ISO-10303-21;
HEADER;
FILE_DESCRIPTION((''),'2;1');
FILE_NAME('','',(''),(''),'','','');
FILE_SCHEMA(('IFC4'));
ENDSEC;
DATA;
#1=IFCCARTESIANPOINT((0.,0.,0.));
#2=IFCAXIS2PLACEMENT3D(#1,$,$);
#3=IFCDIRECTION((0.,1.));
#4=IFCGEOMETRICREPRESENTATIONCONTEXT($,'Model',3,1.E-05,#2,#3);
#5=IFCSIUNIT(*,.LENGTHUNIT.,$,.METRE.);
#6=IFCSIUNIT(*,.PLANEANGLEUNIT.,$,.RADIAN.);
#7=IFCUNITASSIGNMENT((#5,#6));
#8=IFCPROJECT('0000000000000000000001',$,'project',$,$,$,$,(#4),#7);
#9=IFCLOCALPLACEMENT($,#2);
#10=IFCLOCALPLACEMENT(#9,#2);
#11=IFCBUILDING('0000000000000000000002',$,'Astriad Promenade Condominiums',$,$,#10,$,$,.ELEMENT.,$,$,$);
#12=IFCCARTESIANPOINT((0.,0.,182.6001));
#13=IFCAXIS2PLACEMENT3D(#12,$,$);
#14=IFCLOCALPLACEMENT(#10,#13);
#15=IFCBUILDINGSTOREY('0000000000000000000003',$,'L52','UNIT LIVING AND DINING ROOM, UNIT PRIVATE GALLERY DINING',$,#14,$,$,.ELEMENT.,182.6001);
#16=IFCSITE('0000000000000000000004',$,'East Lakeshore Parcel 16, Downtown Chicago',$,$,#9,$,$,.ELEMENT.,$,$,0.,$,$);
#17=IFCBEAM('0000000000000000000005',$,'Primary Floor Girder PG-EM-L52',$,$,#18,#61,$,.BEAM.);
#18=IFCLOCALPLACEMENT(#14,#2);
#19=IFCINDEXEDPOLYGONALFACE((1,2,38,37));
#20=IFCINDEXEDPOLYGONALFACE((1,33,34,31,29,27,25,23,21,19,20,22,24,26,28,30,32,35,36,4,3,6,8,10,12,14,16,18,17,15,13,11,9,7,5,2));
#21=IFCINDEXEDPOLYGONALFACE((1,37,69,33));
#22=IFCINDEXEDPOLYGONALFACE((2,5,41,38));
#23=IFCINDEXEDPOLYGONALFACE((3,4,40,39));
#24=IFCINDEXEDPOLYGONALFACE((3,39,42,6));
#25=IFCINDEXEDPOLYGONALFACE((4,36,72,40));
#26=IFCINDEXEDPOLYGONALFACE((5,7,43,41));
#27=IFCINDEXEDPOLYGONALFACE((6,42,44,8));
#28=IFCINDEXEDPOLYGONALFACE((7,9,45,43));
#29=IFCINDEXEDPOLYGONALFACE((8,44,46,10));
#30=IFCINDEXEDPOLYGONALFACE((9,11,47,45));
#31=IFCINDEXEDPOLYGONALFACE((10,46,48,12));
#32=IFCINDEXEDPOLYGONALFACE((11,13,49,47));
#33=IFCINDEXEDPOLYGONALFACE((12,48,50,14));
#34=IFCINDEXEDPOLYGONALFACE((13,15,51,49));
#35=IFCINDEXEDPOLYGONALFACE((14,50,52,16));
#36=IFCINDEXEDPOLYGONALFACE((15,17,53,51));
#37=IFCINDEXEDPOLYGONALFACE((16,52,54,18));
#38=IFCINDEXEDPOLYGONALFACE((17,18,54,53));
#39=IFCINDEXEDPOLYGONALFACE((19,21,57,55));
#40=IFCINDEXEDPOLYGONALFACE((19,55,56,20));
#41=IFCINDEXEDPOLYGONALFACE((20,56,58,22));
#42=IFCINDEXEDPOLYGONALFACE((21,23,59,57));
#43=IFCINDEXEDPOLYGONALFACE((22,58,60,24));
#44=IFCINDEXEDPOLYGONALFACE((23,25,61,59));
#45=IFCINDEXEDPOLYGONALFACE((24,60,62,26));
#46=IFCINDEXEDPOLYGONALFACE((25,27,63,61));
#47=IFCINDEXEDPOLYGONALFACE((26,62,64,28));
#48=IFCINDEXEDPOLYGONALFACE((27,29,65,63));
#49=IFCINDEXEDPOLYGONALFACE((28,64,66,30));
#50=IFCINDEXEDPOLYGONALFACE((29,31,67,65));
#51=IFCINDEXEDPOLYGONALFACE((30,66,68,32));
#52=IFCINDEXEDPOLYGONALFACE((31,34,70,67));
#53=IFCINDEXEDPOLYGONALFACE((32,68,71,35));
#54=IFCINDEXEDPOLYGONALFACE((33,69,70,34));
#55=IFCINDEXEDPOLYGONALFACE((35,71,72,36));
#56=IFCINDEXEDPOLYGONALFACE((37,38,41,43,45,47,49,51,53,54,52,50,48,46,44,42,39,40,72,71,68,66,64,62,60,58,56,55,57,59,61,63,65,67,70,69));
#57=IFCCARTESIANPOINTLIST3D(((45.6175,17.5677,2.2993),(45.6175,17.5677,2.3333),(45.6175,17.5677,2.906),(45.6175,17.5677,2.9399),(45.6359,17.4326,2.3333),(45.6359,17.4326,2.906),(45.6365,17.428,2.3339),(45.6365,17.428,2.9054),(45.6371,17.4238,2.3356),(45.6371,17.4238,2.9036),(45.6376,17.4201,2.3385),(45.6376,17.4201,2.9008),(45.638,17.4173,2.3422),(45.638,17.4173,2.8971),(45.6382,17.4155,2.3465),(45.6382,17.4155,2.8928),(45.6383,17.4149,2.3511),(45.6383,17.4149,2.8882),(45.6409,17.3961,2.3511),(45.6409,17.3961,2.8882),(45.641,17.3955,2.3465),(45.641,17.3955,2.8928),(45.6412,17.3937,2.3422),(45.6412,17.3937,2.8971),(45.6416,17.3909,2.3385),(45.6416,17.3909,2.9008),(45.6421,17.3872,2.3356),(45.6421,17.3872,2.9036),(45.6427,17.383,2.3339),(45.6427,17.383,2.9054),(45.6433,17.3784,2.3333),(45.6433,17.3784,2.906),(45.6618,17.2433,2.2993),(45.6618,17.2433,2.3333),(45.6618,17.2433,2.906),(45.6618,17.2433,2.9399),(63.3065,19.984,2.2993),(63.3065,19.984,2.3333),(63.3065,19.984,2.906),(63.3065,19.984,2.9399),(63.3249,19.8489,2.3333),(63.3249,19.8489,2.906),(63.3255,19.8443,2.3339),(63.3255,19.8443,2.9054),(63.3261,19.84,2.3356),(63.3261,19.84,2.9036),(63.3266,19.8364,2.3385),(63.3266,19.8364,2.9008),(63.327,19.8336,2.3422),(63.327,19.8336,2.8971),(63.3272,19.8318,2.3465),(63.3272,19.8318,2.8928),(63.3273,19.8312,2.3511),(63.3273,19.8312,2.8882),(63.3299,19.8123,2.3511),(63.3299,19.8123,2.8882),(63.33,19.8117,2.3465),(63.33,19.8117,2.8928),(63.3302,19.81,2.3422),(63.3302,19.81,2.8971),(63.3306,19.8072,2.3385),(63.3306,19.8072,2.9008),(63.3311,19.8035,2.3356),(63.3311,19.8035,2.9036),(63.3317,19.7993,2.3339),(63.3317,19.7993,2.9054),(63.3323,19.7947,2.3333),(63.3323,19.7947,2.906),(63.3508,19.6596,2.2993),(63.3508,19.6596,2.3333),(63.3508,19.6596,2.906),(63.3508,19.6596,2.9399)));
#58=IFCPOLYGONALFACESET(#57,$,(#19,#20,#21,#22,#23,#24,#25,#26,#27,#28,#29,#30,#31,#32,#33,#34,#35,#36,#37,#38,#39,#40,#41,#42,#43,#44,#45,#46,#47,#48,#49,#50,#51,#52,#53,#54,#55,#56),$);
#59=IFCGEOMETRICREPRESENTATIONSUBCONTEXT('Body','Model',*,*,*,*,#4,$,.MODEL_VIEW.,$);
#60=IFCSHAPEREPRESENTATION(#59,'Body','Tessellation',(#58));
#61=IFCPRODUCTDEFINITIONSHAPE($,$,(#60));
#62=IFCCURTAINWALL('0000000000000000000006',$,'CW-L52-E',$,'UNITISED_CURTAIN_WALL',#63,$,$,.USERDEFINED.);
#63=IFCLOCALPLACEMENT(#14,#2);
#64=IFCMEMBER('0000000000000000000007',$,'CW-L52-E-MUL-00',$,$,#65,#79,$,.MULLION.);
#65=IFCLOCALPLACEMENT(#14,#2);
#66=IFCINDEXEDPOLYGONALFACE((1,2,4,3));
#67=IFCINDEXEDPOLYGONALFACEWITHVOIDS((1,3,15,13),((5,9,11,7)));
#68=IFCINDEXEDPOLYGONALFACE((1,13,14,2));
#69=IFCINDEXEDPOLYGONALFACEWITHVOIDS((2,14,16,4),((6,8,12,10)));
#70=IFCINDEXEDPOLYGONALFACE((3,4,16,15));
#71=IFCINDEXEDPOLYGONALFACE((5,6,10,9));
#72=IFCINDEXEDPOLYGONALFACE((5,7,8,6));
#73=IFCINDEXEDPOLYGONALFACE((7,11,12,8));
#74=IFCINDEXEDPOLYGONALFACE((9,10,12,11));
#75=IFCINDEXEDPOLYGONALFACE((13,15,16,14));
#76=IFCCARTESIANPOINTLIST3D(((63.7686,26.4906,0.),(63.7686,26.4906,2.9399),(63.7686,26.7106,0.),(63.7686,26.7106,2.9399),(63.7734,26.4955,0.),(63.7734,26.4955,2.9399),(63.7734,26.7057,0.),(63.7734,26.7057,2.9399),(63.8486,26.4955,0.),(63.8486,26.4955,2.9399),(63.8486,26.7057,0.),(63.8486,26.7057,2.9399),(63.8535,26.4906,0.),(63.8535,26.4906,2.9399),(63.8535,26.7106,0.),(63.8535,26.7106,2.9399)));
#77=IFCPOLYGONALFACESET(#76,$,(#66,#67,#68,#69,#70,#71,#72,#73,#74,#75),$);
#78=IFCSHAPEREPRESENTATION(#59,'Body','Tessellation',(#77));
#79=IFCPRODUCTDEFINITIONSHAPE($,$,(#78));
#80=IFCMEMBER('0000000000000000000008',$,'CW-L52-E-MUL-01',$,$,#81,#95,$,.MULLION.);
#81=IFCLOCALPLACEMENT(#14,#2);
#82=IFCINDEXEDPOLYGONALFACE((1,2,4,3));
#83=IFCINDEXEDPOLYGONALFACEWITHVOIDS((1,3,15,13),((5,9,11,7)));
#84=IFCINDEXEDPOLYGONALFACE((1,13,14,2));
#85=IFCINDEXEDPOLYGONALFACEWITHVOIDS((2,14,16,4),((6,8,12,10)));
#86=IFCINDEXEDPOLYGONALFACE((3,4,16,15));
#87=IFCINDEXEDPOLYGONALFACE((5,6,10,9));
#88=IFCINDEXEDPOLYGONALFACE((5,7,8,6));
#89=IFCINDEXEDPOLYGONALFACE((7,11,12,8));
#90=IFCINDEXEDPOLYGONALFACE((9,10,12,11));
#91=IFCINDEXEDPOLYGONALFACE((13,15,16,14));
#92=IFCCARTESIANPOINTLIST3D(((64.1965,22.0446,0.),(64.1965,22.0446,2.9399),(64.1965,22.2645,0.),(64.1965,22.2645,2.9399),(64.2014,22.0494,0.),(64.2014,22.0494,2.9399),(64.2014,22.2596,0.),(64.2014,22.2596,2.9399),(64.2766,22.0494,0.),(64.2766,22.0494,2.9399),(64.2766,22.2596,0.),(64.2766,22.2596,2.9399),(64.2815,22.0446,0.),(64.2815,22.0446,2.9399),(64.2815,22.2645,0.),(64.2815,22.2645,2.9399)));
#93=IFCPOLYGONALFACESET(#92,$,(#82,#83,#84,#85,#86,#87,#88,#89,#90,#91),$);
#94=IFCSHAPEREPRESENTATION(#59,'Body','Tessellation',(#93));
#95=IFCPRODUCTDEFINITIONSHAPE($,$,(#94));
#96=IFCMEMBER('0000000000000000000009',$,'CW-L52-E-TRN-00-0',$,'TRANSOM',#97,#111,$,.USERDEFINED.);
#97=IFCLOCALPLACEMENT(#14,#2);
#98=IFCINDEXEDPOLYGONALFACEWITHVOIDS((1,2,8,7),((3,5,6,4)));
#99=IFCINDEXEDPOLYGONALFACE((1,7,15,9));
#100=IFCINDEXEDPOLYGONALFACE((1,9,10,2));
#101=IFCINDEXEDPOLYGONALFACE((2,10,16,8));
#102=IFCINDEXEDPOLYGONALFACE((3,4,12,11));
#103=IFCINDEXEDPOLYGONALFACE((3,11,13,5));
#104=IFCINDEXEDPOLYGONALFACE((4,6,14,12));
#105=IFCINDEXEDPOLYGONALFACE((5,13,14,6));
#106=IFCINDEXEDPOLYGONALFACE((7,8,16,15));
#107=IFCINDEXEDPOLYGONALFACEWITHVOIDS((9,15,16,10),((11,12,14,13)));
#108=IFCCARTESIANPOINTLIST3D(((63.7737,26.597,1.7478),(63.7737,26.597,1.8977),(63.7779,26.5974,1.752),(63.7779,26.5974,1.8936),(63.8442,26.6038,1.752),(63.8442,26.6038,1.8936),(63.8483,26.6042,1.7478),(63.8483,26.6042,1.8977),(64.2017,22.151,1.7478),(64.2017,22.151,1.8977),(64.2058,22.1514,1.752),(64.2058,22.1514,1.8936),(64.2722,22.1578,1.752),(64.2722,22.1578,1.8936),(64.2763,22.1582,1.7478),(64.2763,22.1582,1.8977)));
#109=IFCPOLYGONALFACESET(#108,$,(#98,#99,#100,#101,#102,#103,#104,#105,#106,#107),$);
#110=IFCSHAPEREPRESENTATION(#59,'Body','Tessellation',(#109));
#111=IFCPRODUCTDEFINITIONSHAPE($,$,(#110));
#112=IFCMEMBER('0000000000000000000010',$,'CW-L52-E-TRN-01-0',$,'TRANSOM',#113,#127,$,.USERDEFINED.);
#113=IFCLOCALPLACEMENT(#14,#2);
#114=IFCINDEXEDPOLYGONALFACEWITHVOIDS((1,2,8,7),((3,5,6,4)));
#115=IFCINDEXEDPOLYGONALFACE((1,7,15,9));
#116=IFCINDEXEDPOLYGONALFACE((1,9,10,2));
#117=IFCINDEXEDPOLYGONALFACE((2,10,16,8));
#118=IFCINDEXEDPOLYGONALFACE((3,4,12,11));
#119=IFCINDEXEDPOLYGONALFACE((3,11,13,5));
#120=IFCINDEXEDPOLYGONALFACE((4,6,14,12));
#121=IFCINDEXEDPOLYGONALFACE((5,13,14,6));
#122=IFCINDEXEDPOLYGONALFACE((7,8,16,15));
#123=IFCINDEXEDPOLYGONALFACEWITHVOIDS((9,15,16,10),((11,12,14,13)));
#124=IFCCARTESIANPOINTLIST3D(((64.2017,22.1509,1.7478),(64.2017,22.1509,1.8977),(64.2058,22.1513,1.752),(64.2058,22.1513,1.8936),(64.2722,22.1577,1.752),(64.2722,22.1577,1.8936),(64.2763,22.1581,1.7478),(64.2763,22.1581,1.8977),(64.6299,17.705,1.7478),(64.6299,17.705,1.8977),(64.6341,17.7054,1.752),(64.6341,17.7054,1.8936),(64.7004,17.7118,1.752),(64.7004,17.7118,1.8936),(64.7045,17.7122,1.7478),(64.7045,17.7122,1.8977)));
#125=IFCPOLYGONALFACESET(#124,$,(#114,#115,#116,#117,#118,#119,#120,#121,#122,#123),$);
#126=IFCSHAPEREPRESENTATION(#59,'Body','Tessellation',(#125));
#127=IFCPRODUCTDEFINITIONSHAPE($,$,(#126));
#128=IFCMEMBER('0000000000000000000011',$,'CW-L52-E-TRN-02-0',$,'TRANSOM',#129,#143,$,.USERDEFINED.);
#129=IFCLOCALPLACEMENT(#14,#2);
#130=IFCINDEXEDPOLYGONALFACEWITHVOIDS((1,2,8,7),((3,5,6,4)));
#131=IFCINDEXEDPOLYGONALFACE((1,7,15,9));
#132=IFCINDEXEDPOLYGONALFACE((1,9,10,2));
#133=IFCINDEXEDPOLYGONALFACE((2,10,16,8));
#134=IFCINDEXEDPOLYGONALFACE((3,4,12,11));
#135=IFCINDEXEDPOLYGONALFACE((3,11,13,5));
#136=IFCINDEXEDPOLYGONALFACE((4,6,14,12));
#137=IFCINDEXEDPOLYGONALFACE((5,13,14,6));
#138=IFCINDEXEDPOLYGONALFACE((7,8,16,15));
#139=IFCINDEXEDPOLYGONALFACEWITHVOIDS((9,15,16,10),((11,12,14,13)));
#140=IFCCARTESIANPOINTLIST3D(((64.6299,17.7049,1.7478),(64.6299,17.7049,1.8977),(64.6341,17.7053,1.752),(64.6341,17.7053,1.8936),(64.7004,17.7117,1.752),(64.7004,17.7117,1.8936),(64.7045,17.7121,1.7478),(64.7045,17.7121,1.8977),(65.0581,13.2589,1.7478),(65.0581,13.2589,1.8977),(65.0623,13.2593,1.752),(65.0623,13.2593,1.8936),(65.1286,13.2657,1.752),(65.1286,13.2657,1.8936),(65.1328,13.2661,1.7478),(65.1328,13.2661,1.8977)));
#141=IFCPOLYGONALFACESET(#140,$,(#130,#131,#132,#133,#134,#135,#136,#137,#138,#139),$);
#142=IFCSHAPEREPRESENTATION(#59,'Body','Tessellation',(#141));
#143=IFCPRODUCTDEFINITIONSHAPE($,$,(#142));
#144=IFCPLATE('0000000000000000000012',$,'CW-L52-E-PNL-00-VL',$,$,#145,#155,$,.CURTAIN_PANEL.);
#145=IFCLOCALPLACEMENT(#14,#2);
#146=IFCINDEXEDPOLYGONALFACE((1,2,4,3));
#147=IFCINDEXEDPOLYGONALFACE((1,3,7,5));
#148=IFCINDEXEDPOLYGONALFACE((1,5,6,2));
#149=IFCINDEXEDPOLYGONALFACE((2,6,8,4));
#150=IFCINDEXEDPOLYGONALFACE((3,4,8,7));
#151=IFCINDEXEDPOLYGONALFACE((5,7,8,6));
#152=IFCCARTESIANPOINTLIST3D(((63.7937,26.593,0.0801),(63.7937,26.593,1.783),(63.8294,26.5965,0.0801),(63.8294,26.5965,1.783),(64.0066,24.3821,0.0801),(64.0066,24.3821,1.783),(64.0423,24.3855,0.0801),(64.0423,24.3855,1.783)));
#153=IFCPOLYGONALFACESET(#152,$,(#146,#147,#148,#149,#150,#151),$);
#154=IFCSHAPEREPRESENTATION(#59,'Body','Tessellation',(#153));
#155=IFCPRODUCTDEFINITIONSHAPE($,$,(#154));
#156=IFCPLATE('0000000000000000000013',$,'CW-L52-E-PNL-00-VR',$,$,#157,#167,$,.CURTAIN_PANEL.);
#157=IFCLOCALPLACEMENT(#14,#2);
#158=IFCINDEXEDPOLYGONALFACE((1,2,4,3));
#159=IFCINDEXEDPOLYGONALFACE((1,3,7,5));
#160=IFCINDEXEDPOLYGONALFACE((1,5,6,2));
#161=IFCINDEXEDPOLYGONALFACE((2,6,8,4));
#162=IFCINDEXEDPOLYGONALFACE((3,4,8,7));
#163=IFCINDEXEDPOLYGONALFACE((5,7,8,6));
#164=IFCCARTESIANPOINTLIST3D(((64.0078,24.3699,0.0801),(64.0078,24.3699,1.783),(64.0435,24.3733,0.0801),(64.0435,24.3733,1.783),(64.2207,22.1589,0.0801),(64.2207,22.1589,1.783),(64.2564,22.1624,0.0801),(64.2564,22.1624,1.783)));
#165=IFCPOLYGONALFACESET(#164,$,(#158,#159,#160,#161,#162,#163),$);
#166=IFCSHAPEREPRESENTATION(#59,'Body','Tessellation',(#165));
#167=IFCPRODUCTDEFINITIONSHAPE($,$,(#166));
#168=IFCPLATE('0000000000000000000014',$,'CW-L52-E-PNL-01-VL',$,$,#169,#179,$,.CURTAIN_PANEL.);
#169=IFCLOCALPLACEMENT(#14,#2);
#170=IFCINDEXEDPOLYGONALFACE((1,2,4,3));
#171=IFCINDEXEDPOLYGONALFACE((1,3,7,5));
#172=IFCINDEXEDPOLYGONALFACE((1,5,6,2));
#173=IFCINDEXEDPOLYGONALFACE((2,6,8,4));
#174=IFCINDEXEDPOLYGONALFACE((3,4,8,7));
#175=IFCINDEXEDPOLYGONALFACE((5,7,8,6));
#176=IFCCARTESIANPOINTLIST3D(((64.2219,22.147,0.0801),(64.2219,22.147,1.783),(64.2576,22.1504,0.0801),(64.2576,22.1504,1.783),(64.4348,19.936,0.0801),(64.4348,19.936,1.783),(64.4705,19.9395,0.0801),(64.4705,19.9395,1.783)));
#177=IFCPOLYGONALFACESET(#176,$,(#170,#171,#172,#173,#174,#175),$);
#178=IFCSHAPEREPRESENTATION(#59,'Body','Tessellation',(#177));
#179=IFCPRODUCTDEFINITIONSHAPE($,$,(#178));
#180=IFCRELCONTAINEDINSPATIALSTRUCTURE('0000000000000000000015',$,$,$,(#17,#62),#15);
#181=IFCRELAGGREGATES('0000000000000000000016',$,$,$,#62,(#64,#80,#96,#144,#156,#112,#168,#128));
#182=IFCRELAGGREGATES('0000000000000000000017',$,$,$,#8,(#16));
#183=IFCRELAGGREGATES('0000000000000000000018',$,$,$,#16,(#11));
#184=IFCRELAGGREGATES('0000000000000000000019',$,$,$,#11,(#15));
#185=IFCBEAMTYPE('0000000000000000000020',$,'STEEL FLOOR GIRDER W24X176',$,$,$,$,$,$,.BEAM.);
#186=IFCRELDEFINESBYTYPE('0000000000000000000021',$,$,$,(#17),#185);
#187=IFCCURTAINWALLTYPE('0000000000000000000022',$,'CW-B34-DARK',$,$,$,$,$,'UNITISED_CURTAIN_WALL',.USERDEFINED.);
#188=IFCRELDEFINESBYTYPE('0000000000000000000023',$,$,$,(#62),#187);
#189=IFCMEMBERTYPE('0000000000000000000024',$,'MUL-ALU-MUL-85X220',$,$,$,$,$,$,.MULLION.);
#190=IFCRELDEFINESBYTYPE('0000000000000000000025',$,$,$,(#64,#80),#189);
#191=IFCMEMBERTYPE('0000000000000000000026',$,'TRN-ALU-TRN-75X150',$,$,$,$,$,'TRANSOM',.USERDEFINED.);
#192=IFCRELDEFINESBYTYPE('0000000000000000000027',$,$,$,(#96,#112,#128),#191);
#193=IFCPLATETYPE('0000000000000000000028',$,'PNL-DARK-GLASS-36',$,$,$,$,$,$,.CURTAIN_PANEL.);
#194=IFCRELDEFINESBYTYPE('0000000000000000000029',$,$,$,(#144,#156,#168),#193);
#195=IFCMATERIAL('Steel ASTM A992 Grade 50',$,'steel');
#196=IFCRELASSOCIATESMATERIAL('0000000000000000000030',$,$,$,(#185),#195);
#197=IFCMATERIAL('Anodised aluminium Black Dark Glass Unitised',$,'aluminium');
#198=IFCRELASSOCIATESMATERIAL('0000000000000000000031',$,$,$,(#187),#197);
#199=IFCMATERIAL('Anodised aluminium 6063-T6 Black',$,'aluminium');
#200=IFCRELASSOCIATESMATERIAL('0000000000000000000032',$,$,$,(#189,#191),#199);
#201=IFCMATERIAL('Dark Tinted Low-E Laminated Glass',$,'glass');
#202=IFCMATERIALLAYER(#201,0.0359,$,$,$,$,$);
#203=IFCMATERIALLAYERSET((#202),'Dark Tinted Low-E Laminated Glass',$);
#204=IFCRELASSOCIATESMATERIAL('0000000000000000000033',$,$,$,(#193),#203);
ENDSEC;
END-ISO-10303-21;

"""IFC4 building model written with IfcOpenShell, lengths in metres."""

from ifc_helpers import new_model, si_unit, direction, frame, origin, origin_2d, place, context, subcontext, project, spatial, rectangle, hollow_rectangle, i_section, extrude, source, transform, mapped, material, layer, layer_set, material_profile, profile_set, type_object, type_shapes, element, aggregate, save


model = new_model("IFC4")

# Units and contexts
model_context = context("Model", 3, precision=1e-05, world=origin(), true_north=direction((0.0, 1.0)))
body_context = subcontext(model_context, "Body", "Model", "MODEL_VIEW")
ifc_project = project(units=[si_unit("LENGTHUNIT", "METRE"), si_unit("PLANEANGLEUNIT", "RADIAN")], contexts=[model_context])

# Site, building, storey
site_placement = place(None, origin())
site = spatial("IfcSite", under=ifc_project, at=site_placement, Name="East Lakeshore Parcel 16, Downtown Chicago", CompositionType="ELEMENT", RefElevation=0.0)
building_placement = place(site_placement, origin())
building = spatial("IfcBuilding", under=site, at=building_placement, Name="Astriad Promenade Condominiums", CompositionType="ELEMENT")
storey_placement = place(building_placement, frame((0.0, 0.0, 182.6001)))
storey = spatial("IfcBuildingStorey", under=building, at=storey_placement, Name="L52", Description="UNIT LIVING AND DINING ROOM, UNIT PRIVATE GALLERY DINING", CompositionType="ELEMENT", Elevation=182.6001)

# Beam
ifc_material_1 = material(Name="Steel ASTM A992 Grade 50", Category="steel")
ifc_material_profile_1 = material_profile(ifc_material_1, i_section(OverallWidth=0.3274, OverallDepth=0.6406, WebThickness=0.019, FlangeThickness=0.0339, FilletRadius=0.0178, at=origin_2d()), Name="W24X176")
ifc_profile_set_1 = profile_set([ifc_material_profile_1], Name="Steel ASTM A992 Grade 50")
beam_type_1 = type_object("IfcBeamType", Name="STEEL FLOOR GIRDER W24X176", PredefinedType="BEAM", material=ifc_profile_set_1)
shared_shape_1 = source(origin(), body_context, "Body", "SweptSolid", [
    extrude(i_section(OverallWidth=0.3274, OverallDepth=0.6406, WebThickness=0.019, FlangeThickness=0.0339, FilletRadius=0.0178, at=origin_2d()), origin(), (0.0, 0.0, 1.0), 17.8533),
])
type_shapes(beam_type_1, [shared_shape_1])
beam_1_placement = place(storey_placement, frame((63.3286, 19.8218, 2.6196), z_axis=(-0.990799, -0.13534, 0.0), x_axis=(0.13534, -0.990799, 0.0)))
element("IfcBeam", 1, at=beam_1_placement, inside=storey, type_object=beam_type_1, Name="Primary Floor Girder PG-EM-L52", PredefinedType="BEAM", context=body_context, shape_type="MappedRepresentation", body=[
    mapped(shared_shape_1, transform((0.0, 0.0, 0.0), scale=1.0)),
])

# Curtain wall, members, plates
ifc_material_2 = material(Name="Anodised aluminium Black Dark Glass Unitised", Category="aluminium")
curtain_wall_type = type_object("IfcCurtainWallType", Name="CW-B34-DARK", ElementType="UNITISED_CURTAIN_WALL", PredefinedType="USERDEFINED", material=ifc_material_2)
curtain_wall_placement = place(storey_placement, origin())
curtain_wall = element("IfcCurtainWall", 2, at=curtain_wall_placement, inside=storey, type_object=curtain_wall_type, Name="CW-L52-E", ObjectType="UNITISED_CURTAIN_WALL", PredefinedType="USERDEFINED")
ifc_material_3 = material(Name="Anodised aluminium 6063-T6 Black", Category="aluminium")
ifc_material_profile_2 = material_profile(ifc_material_3, hollow_rectangle(XDim=0.085, YDim=0.22, WallThickness=0.0049, at=origin_2d()), Name="ALU-MUL-85X220")
ifc_profile_set_2 = profile_set([ifc_material_profile_2], Name="Anodised aluminium 6063-T6 Black")
member_type_1 = type_object("IfcMemberType", Name="MUL-ALU-MUL-85X220", PredefinedType="MULLION", material=ifc_profile_set_2)
shared_shape_2 = source(origin(), body_context, "Body", "SweptSolid", [
    extrude(hollow_rectangle(XDim=0.085, YDim=0.22, WallThickness=0.0049, at=origin_2d()), origin(), (0.0, 0.0, 1.0), 2.9399),
])
type_shapes(member_type_1, [shared_shape_2])
member_1_placement = place(storey_placement, frame((63.811, 26.6006, 0.0), z_axis=(0.0, 0.0, 1.0), x_axis=(1.0, 0.0, 0.0)))
member_1 = element("IfcMember", 3, at=member_1_placement, type_object=member_type_1, Name="CW-L52-E-MUL-00", PredefinedType="MULLION", context=body_context, shape_type="MappedRepresentation", body=[
    mapped(shared_shape_2, transform((0.0, 0.0, 0.0), scale=1.0)),
])
member_2_placement = place(storey_placement, frame((64.239, 22.1545, 0.0), z_axis=(0.0, 0.0, 1.0), x_axis=(1.0, 0.0, 0.0)))
member_2 = element("IfcMember", 4, at=member_2_placement, type_object=member_type_1, Name="CW-L52-E-MUL-01", PredefinedType="MULLION", context=body_context, shape_type="MappedRepresentation", body=[
    mapped(shared_shape_2, transform((0.0, 0.0, 0.0), scale=1.0)),
])
ifc_material_profile_3 = material_profile(ifc_material_3, hollow_rectangle(XDim=0.075, YDim=0.1499, WallThickness=0.0042, at=origin_2d()), Name="ALU-TRN-75X150")
ifc_profile_set_3 = profile_set([ifc_material_profile_3], Name="Anodised aluminium 6063-T6 Black")
member_type_2 = type_object("IfcMemberType", Name="TRN-ALU-TRN-75X150", ElementType="TRANSOM", PredefinedType="USERDEFINED", material=ifc_profile_set_3)
shared_shape_3 = source(origin(), body_context, "Body", "SweptSolid", [
    extrude(hollow_rectangle(XDim=0.075, YDim=0.1499, WallThickness=0.0042, at=origin_2d()), origin(), (0.0, 0.0, 1.0), 4.4666),
])
type_shapes(member_type_2, [shared_shape_3])
member_3_placement = place(storey_placement, frame((63.811, 26.6006, 1.8228), z_axis=(0.095818, -0.995399, 0.0), x_axis=(0.995399, 0.095818, 0.0)))
member_3 = element("IfcMember", 5, at=member_3_placement, type_object=member_type_2, Name="CW-L52-E-TRN-00-0", ObjectType="TRANSOM", PredefinedType="USERDEFINED", context=body_context, shape_type="MappedRepresentation", body=[
    mapped(shared_shape_3, transform((0.0, 0.0, 0.0), scale=1.0)),
])
member_4_placement = place(storey_placement, frame((64.239, 22.1545, 1.8228), z_axis=(0.095872, -0.995394, 0.0), x_axis=(0.995394, 0.095872, 0.0)))
member_4 = element("IfcMember", 6, at=member_4_placement, type_object=member_type_2, Name="CW-L52-E-TRN-01-0", ObjectType="TRANSOM", PredefinedType="USERDEFINED", context=body_context, shape_type="MappedRepresentation", body=[
    mapped(shared_shape_3, transform((0.0, 0.0, 0.0), scale=1.0)),
])
member_5_placement = place(storey_placement, frame((64.6672, 17.7085, 1.8228), z_axis=(0.095872, -0.995394, 0.0), x_axis=(0.995394, 0.095872, 0.0)))
member_5 = element("IfcMember", 7, at=member_5_placement, type_object=member_type_2, Name="CW-L52-E-TRN-02-0", ObjectType="TRANSOM", PredefinedType="USERDEFINED", context=body_context, shape_type="MappedRepresentation", body=[
    mapped(shared_shape_3, transform((0.0, 0.0, 0.0), scale=1.0)),
])
ifc_material_4 = material(Name="Dark Tinted Low-E Laminated Glass", Category="glass")
ifc_layer_1 = layer(ifc_material_4, 0.0359)
ifc_layer_set_1 = layer_set([ifc_layer_1], Name="Dark Tinted Low-E Laminated Glass")
plate_type = type_object("IfcPlateType", Name="PNL-DARK-GLASS-36", PredefinedType="CURTAIN_PANEL", material=ifc_layer_set_1)
shared_shape_4 = source(origin(), body_context, "Body", "SweptSolid", [
    extrude(rectangle(XDim=2.2212, YDim=0.0359, at=origin_2d()), origin(), (0.0, 0.0, 1.0), 1.7029),
])
plate_1_placement = place(storey_placement, frame((63.918, 25.4893, 0.0801), z_axis=(0.0, 0.0, 1.0), x_axis=(0.095846, -0.995396, 0.0)))
plate_1 = element("IfcPlate", 8, at=plate_1_placement, type_object=plate_type, Name="CW-L52-E-PNL-00-VL", PredefinedType="CURTAIN_PANEL", context=body_context, shape_type="MappedRepresentation", body=[
    mapped(shared_shape_4, transform((0.0, 0.0, 0.0), scale=1.0)),
])
plate_2_placement = place(storey_placement, frame((64.1321, 23.2661, 0.0801), z_axis=(0.0, 0.0, 1.0), x_axis=(0.095846, -0.995396, 0.0)))
plate_2 = element("IfcPlate", 9, at=plate_2_placement, type_object=plate_type, Name="CW-L52-E-PNL-00-VR", PredefinedType="CURTAIN_PANEL", context=body_context, shape_type="MappedRepresentation", body=[
    mapped(shared_shape_4, transform((0.0, 0.0, 0.0), scale=1.0)),
])
plate_3_placement = place(storey_placement, frame((64.3462, 21.0432, 0.0801), z_axis=(0.0, 0.0, 1.0), x_axis=(0.095846, -0.995396, 0.0)))
plate_3 = element("IfcPlate", 10, at=plate_3_placement, type_object=plate_type, Name="CW-L52-E-PNL-01-VL", PredefinedType="CURTAIN_PANEL", context=body_context, shape_type="MappedRepresentation", body=[
    mapped(shared_shape_4, transform((0.0, 0.0, 0.0), scale=1.0)),
])
aggregate(curtain_wall, [member_1, member_2, member_3, plate_1, plate_2, member_4, plate_3, member_5])

save(model, "model.ifc")
